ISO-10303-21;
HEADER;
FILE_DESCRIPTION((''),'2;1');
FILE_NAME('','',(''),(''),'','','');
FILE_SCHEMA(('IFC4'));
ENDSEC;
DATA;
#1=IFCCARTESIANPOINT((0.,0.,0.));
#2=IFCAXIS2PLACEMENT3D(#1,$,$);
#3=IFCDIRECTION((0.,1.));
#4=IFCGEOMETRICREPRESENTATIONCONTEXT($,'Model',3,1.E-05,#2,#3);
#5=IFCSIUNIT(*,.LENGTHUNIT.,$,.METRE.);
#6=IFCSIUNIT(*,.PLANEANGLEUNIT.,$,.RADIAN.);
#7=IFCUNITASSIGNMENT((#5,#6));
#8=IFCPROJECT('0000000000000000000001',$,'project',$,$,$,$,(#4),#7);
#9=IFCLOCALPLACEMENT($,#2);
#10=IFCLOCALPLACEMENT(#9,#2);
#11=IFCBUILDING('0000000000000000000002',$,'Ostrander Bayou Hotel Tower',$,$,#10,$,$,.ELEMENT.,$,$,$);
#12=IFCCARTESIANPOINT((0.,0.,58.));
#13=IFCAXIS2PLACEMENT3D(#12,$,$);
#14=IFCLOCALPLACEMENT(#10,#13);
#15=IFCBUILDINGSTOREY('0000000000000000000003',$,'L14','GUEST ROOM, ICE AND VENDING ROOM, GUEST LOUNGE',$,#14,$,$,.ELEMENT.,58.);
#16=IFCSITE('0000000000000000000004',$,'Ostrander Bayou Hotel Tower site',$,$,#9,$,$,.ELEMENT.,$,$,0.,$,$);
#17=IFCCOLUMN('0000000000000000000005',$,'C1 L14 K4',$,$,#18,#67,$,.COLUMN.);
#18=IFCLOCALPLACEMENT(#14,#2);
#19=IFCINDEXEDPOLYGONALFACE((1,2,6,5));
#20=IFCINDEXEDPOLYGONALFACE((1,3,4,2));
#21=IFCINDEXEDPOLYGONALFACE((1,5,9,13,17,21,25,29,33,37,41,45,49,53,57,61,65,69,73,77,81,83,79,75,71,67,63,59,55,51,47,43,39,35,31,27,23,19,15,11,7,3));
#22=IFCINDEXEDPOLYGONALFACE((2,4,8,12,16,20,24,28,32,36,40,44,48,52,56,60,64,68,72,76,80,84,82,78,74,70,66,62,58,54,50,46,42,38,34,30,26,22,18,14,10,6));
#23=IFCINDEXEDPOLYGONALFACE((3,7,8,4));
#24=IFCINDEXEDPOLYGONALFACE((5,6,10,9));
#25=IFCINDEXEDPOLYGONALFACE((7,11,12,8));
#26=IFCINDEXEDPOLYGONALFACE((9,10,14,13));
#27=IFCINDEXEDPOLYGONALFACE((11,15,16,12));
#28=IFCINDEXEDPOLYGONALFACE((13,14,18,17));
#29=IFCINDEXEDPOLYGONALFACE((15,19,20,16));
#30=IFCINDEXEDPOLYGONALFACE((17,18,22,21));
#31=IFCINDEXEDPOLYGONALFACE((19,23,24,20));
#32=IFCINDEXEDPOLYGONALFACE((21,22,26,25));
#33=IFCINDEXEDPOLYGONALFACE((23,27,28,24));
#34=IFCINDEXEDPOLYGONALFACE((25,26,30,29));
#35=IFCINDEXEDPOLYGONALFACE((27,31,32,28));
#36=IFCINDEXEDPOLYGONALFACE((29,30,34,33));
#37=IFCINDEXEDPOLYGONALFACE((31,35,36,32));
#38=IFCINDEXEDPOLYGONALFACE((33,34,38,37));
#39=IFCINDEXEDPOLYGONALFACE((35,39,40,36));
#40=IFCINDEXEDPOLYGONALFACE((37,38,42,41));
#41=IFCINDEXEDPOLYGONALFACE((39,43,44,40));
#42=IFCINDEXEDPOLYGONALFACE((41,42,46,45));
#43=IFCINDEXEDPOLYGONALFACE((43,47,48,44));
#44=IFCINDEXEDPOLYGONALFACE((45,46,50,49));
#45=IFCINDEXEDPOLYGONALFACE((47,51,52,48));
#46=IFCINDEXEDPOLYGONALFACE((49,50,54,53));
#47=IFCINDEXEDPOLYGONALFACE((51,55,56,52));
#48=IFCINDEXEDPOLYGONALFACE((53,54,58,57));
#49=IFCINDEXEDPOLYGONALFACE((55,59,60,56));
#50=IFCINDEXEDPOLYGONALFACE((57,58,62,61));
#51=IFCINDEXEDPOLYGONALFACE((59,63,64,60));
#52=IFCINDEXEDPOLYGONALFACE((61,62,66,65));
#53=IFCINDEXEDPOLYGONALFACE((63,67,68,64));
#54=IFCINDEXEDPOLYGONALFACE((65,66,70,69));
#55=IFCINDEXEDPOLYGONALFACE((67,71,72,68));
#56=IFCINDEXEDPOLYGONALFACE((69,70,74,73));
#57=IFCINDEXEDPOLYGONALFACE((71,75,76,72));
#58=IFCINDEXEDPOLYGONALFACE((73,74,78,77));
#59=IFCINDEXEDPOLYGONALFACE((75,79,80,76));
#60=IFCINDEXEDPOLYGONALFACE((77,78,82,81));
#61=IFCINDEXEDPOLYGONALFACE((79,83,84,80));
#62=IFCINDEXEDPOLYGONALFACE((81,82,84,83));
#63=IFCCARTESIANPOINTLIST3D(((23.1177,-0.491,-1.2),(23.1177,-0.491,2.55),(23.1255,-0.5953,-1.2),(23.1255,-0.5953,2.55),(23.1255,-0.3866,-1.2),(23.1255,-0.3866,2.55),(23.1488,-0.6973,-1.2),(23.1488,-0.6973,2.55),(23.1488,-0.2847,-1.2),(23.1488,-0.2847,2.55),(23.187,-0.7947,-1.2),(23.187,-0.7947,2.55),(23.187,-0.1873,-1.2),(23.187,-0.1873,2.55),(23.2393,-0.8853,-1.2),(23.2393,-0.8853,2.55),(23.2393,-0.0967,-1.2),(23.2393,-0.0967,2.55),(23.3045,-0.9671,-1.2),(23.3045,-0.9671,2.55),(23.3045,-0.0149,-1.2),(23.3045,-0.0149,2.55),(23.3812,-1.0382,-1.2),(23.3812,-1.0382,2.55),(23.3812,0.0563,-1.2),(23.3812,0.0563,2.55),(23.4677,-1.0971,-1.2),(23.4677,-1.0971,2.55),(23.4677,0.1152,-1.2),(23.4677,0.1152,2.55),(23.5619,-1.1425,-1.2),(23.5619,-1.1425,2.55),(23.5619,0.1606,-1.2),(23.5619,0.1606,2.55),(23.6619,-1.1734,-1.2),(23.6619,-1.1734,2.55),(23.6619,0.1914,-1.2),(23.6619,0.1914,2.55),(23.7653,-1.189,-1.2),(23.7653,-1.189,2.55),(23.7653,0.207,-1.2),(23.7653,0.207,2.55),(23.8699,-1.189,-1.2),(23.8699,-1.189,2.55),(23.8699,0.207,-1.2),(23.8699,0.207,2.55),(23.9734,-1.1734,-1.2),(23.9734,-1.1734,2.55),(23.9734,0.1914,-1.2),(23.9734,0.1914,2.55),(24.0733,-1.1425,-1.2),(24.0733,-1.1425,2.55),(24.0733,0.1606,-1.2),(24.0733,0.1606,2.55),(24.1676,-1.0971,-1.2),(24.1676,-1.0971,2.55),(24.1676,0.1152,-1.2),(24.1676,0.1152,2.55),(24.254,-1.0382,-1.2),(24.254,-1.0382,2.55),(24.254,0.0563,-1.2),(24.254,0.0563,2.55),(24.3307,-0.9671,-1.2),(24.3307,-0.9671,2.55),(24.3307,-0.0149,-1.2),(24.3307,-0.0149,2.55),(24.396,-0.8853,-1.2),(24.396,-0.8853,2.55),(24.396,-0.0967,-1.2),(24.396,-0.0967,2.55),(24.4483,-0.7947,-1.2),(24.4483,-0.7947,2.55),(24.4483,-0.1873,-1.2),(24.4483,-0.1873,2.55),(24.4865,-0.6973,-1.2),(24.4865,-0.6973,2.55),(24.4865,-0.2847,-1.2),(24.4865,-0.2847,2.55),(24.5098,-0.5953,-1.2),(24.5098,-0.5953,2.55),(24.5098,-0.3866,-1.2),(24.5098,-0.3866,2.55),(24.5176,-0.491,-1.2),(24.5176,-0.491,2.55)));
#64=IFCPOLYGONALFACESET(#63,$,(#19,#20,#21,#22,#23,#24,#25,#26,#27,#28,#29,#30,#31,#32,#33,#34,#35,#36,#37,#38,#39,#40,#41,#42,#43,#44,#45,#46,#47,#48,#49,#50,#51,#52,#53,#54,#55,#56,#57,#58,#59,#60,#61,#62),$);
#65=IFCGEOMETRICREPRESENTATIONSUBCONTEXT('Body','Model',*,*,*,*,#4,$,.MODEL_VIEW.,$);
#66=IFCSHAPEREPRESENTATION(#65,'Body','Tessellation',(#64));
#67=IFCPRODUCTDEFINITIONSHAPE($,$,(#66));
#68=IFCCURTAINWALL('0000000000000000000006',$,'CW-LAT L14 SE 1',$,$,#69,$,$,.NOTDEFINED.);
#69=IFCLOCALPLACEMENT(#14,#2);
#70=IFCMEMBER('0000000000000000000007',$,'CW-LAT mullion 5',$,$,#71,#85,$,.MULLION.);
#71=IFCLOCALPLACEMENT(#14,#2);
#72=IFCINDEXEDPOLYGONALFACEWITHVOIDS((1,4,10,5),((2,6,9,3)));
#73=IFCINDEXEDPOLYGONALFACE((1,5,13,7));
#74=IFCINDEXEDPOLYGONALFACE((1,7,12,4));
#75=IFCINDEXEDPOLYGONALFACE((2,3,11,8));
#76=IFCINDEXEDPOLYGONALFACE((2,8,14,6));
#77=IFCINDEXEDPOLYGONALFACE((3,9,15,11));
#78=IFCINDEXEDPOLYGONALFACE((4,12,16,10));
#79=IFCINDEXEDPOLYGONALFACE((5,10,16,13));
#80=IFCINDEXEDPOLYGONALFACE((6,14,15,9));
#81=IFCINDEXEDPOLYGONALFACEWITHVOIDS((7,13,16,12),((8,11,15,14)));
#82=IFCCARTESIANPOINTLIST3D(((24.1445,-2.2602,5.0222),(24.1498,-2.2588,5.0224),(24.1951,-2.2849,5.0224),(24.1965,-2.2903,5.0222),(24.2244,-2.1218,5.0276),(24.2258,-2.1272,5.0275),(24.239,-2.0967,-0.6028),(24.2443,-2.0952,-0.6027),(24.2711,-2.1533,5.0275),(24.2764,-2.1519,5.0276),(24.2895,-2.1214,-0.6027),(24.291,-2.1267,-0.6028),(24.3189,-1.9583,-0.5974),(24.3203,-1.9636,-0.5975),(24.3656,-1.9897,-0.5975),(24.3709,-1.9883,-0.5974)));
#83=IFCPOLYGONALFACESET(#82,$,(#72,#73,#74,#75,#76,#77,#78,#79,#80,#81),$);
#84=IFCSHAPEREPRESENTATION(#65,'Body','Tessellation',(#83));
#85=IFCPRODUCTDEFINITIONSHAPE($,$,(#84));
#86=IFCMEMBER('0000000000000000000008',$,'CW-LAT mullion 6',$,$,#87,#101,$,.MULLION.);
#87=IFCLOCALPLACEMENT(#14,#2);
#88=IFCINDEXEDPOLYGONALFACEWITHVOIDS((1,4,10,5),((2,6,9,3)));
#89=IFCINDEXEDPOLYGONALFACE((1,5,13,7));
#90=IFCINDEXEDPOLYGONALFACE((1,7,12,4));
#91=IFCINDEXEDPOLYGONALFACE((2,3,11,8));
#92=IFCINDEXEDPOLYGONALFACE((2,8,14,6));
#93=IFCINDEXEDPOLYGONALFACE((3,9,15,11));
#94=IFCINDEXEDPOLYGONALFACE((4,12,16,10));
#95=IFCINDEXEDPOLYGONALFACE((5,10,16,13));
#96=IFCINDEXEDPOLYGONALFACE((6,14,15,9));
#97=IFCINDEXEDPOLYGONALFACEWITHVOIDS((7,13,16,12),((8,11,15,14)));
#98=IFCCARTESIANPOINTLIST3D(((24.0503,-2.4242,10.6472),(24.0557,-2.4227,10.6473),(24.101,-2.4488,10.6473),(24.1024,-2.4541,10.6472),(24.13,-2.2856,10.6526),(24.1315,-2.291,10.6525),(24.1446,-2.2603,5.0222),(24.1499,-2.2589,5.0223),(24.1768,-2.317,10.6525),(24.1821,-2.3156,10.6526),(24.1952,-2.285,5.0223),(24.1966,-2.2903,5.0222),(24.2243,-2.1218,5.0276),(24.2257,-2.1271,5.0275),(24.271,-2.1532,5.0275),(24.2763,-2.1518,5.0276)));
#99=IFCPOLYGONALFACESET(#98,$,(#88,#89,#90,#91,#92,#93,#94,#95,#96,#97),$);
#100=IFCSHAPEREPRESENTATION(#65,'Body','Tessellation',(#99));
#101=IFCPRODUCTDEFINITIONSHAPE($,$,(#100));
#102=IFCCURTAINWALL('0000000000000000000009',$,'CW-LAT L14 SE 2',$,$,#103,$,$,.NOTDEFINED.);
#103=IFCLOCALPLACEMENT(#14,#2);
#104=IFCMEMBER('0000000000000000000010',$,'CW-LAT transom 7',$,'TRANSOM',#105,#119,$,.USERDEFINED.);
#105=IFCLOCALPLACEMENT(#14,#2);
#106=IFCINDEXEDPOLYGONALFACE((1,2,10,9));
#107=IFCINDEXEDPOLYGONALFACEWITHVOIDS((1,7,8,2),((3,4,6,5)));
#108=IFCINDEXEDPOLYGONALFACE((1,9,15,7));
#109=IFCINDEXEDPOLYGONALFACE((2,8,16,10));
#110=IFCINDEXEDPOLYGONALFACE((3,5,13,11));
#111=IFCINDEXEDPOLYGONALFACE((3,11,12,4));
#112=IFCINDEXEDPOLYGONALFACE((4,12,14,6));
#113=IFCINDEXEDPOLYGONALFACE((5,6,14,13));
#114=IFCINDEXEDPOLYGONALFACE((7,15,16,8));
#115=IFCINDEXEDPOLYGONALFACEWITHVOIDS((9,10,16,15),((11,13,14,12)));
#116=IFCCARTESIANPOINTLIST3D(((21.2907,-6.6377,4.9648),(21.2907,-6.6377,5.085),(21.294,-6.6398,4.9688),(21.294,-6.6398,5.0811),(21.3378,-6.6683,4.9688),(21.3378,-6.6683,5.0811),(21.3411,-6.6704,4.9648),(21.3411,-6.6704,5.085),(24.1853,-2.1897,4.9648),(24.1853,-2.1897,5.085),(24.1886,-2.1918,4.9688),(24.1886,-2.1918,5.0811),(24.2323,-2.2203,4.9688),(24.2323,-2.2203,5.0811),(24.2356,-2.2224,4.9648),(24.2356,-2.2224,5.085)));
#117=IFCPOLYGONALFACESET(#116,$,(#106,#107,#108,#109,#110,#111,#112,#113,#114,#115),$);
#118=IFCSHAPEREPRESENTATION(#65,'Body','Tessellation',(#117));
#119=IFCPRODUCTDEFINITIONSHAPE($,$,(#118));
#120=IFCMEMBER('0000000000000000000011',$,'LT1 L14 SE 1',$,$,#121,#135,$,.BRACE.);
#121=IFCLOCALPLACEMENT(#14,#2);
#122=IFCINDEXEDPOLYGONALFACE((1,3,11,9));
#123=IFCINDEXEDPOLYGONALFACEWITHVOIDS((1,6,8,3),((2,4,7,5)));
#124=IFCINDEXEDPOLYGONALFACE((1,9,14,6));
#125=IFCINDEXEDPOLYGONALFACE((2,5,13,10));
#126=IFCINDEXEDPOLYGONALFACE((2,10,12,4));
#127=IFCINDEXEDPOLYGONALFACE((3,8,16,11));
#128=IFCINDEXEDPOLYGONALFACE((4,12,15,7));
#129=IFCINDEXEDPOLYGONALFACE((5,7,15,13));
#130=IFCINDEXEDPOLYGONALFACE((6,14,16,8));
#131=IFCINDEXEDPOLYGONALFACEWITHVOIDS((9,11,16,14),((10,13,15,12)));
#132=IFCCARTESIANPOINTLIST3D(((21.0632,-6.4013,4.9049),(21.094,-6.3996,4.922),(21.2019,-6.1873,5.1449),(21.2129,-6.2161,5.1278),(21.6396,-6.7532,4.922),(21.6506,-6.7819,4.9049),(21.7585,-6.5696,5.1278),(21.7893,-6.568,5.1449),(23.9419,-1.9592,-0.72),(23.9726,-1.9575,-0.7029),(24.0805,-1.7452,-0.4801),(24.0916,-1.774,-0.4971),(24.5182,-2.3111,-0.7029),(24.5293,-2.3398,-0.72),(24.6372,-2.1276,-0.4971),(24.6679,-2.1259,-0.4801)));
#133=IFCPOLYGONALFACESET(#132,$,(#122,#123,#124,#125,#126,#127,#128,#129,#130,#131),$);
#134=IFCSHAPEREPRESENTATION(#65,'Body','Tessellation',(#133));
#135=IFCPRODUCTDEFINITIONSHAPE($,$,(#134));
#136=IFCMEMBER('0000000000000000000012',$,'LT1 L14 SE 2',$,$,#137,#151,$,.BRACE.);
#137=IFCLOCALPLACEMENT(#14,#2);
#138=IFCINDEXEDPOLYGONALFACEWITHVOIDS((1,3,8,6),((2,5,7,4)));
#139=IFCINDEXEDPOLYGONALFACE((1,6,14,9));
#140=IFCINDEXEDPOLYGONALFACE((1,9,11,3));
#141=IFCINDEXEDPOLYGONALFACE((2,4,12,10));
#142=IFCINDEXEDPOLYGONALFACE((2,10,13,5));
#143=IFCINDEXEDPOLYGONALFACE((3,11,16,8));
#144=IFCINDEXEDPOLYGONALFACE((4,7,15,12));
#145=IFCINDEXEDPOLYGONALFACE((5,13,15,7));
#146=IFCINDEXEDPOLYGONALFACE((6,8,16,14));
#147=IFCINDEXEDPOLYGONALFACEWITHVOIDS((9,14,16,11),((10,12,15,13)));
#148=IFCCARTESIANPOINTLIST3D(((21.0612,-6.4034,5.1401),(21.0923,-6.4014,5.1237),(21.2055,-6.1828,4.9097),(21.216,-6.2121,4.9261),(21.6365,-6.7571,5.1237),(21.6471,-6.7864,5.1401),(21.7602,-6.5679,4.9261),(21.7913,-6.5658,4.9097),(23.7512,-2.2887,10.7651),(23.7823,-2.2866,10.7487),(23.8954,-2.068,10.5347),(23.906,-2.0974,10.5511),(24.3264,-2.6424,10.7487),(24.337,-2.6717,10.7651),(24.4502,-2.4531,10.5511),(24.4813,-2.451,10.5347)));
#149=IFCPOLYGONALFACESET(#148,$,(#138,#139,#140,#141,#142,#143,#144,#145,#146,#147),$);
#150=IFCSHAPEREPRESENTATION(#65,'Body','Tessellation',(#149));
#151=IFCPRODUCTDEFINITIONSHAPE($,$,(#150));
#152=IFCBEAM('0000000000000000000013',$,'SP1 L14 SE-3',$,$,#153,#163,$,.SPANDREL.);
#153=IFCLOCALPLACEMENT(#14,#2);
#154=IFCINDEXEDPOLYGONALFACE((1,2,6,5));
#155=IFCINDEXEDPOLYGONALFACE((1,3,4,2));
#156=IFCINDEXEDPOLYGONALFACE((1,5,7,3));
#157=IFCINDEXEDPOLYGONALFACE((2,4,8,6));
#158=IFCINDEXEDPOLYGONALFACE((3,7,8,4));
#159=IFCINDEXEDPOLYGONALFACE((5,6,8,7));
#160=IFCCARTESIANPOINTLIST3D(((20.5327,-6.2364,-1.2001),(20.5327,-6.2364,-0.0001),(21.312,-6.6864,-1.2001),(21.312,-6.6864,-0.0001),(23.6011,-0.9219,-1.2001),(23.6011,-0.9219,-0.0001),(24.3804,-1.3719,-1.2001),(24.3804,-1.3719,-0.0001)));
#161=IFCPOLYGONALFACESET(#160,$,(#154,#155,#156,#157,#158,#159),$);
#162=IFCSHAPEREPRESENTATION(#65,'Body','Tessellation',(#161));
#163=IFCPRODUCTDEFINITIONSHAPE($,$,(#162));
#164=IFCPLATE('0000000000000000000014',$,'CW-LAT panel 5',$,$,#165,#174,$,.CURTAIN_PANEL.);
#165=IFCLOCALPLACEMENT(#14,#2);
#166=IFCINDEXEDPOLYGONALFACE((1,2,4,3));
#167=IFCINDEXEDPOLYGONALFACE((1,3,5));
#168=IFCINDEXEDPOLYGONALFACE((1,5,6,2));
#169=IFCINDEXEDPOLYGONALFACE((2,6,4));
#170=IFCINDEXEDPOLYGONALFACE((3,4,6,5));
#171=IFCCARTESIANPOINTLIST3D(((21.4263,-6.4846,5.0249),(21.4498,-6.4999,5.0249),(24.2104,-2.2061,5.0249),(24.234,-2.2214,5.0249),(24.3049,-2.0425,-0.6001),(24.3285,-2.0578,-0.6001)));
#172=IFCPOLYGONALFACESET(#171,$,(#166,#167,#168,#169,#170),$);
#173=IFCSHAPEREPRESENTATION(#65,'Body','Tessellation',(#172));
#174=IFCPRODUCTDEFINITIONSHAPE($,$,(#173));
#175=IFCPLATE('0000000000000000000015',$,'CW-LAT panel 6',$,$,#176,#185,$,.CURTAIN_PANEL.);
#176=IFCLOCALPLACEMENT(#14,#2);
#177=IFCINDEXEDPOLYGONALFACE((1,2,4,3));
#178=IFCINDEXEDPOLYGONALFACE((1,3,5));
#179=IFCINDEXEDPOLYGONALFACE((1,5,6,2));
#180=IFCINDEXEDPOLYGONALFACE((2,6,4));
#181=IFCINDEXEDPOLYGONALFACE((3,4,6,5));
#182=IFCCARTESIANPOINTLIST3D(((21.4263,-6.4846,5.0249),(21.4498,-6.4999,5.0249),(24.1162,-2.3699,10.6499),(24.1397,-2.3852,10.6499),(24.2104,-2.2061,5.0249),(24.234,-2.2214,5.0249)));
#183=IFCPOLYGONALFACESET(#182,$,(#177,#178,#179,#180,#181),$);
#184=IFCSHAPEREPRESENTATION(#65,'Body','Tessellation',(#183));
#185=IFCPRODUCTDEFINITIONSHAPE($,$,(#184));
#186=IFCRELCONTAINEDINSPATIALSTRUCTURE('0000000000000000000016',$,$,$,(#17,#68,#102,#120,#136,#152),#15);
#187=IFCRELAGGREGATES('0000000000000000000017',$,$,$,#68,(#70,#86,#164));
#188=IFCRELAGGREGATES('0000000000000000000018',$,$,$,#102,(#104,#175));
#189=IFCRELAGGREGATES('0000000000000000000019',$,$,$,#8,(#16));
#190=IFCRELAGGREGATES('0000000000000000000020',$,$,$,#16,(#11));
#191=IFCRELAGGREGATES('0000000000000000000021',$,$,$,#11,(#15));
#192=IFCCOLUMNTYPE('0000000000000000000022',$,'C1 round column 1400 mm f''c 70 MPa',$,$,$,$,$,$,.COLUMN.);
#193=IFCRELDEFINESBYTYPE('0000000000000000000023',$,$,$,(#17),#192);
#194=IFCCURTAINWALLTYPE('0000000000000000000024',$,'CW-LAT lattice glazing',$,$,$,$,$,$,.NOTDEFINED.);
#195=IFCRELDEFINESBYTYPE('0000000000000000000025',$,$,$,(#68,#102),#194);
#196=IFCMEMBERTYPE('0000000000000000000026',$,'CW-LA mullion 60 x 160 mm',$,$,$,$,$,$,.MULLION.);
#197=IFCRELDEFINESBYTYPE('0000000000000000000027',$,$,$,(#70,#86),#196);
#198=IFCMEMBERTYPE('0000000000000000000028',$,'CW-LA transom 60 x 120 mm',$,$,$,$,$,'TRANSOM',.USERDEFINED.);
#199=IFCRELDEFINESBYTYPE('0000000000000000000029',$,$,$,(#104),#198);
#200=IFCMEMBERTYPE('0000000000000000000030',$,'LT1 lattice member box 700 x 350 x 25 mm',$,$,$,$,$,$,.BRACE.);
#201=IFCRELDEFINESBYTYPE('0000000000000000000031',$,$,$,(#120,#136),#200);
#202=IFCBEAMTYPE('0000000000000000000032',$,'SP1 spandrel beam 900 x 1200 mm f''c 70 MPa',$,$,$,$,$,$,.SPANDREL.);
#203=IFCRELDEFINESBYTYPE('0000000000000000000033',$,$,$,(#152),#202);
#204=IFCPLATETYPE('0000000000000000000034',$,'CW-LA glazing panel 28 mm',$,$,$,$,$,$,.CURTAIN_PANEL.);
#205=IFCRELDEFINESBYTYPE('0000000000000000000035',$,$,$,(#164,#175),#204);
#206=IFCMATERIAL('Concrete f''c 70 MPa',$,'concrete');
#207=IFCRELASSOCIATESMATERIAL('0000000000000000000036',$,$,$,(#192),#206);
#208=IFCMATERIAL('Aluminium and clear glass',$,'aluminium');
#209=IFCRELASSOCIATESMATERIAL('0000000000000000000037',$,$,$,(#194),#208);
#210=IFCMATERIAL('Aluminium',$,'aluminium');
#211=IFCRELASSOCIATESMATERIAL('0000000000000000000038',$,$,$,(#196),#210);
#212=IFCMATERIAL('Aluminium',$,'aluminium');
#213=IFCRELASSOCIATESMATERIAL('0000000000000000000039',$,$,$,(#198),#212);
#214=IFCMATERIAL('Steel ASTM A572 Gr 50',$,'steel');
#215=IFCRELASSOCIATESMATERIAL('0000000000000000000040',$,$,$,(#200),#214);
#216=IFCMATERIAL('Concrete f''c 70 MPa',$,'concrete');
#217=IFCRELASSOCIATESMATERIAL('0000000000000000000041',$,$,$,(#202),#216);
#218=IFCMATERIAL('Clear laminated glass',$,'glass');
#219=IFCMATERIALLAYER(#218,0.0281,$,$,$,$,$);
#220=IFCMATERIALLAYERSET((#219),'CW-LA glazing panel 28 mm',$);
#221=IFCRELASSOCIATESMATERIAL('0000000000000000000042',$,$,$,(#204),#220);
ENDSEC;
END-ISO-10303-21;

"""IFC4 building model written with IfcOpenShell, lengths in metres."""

from ifc_helpers import new_model, si_unit, direction, frame, origin, origin_2d, place, context, subcontext, project, spatial, polyline, rectangle, hollow_rectangle, circle, outline, extrude, material, layer, layer_set, material_profile, profile_set, type_object, element, aggregate, save


model = new_model("IFC4")

# Units and contexts
model_context = context("Model", 3, precision=1e-05, world=origin(), true_north=direction((0.0, 1.0)))
body_context = subcontext(model_context, "Body", "Model", "MODEL_VIEW")
ifc_project = project(units=[si_unit("LENGTHUNIT", "METRE"), si_unit("PLANEANGLEUNIT", "RADIAN")], contexts=[model_context])

# Site, building, storey
site_placement = place(None, origin())
site = spatial("IfcSite", under=ifc_project, at=site_placement, Name="Ostrander Bayou Hotel Tower site", CompositionType="ELEMENT", RefElevation=0.0)
building_placement = place(site_placement, origin())
building = spatial("IfcBuilding", under=site, at=building_placement, Name="Ostrander Bayou Hotel Tower", CompositionType="ELEMENT")
storey_placement = place(building_placement, frame((0.0, 0.0, 58.0)))
storey = spatial("IfcBuildingStorey", under=building, at=storey_placement, Name="L14", Description="GUEST ROOM, ICE AND VENDING ROOM, GUEST LOUNGE", CompositionType="ELEMENT", Elevation=58.0)

# Column
ifc_material_1 = material(Name="Concrete f'c 70 MPa", Category="concrete")
ifc_material_profile_1 = material_profile(ifc_material_1, circle(Radius=0.7, at=origin_2d()))
ifc_profile_set_1 = profile_set([ifc_material_profile_1], Name="Concrete f'c 70 MPa")
column_type = type_object("IfcColumnType", Name="C1 round column 1400 mm f'c 70 MPa", PredefinedType="COLUMN", material=ifc_profile_set_1)
column_placement = place(storey_placement, frame((23.8176, -0.491, -1.2), z_axis=(0.0, 0.0, 1.0), x_axis=(1.0, 0.0, 0.0)))
element("IfcColumn", 1, at=column_placement, inside=storey, type_object=column_type, Name="C1 L14 K4", PredefinedType="COLUMN", context=body_context, shape_type="SweptSolid", body=[
    extrude(circle(Radius=0.7, at=origin_2d()), origin(), (0.0, 0.0, 1.0), 3.75),
])

# Curtain wall, members
ifc_material_2 = material(Name="Aluminium and clear glass", Category="aluminium")
curtain_wall_type = type_object("IfcCurtainWallType", Name="CW-LAT lattice glazing", PredefinedType="NOTDEFINED", material=ifc_material_2)
curtain_wall_1_placement = place(storey_placement, origin())
curtain_wall_1 = element("IfcCurtainWall", 2, at=curtain_wall_1_placement, inside=storey, type_object=curtain_wall_type, Name="CW-LAT L14 SE 1", PredefinedType="NOTDEFINED")
ifc_material_3 = material(Name="Aluminium", Category="aluminium")
ifc_material_profile_2 = material_profile(ifc_material_3, hollow_rectangle(XDim=0.0601, YDim=0.1599, WallThickness=0.0039, at=origin_2d()))
ifc_profile_set_2 = profile_set([ifc_material_profile_2], Name="Aluminium")
member_type_1 = type_object("IfcMemberType", Name="CW-LA mullion 60 x 160 mm", PredefinedType="MULLION", material=ifc_profile_set_2)
member_1_placement = place(storey_placement, frame((24.3049, -2.0425, -0.6001), z_axis=(-0.016787, -0.029063, 0.999437), x_axis=(0.865927, -0.50017, 0.0)))
member_1 = element("IfcMember", 3, at=member_1_placement, type_object=member_type_1, Name="CW-LAT mullion 5", PredefinedType="MULLION", context=body_context, shape_type="SweptSolid", body=[
    extrude(hollow_rectangle(XDim=0.0601, YDim=0.1599, WallThickness=0.0039, at=origin_2d()), origin(), (0.0, 0.0, 1.0), 5.6282),
])
member_2_placement = place(storey_placement, frame((24.2104, -2.2061, 5.0249), z_axis=(-0.016744, -0.029107, 0.999436), x_axis=(0.866809, -0.498641, 0.0)))
member_2 = element("IfcMember", 4, at=member_2_placement, type_object=member_type_1, Name="CW-LAT mullion 6", PredefinedType="MULLION", context=body_context, shape_type="SweptSolid", body=[
    extrude(hollow_rectangle(XDim=0.0601, YDim=0.1599, WallThickness=0.0039, at=origin_2d()), origin(), (0.0, 0.0, 1.0), 5.6282),
])

# Curtain wall, member
curtain_wall_2_placement = place(storey_placement, origin())
curtain_wall_2 = element("IfcCurtainWall", 5, at=curtain_wall_2_placement, inside=storey, type_object=curtain_wall_type, Name="CW-LAT L14 SE 2", PredefinedType="NOTDEFINED")
ifc_material_4 = material(Name="Aluminium", Category="aluminium")
ifc_material_profile_3 = material_profile(ifc_material_4, hollow_rectangle(XDim=0.0601, YDim=0.1201, WallThickness=0.0039, at=origin_2d()))
ifc_profile_set_3 = profile_set([ifc_material_profile_3], Name="Aluminium")
member_type_2 = type_object("IfcMemberType", Name="CW-LA transom 60 x 120 mm", ElementType="TRANSOM", PredefinedType="USERDEFINED", material=ifc_profile_set_3)
member_3_placement = place(storey_placement, frame((24.2104, -2.2061, 5.0249), z_axis=(-0.54543, -0.838157, 0.0), x_axis=(0.838157, -0.54543, 0.0)))
member_3 = element("IfcMember", 6, at=member_3_placement, type_object=member_type_2, Name="CW-LAT transom 7", ObjectType="TRANSOM", PredefinedType="USERDEFINED", context=body_context, shape_type="SweptSolid", body=[
    extrude(hollow_rectangle(XDim=0.0601, YDim=0.1201, WallThickness=0.0039, at=origin_2d()), origin(), (0.0, 0.0, 1.0), 5.3069),
])

# Members
ifc_material_5 = material(Name="Steel ASTM A572 Gr 50", Category="steel")
ifc_material_profile_4 = material_profile(ifc_material_5, hollow_rectangle(XDim=0.7, YDim=0.3501, WallThickness=0.0249, at=origin_2d()))
ifc_profile_set_4 = profile_set([ifc_material_profile_4], Name="Steel ASTM A572 Gr 50")
member_type_3 = type_object("IfcMemberType", Name="LT1 lattice member box 700 x 350 x 25 mm", PredefinedType="BRACE", material=ifc_profile_set_4)
member_4_placement = place(storey_placement, frame((21.4263, -6.4846, 5.0249), z_axis=(0.372691, 0.57511, -0.728251), x_axis=(-0.839196, 0.543829, 0.0)))
element("IfcMember", 7, at=member_4_placement, inside=storey, type_object=member_type_3, Name="LT1 L14 SE 1", PredefinedType="BRACE", context=body_context, shape_type="SweptSolid", body=[
    extrude(hollow_rectangle(XDim=0.7, YDim=0.3501, WallThickness=0.0249, at=origin_2d()), origin(), (0.0, 0.0, 1.0), 7.7239),
])
member_5_placement = place(storey_placement, frame((21.4263, -6.4846, 5.0249), z_axis=(0.360078, 0.550803, 0.752967), x_axis=(-0.837013, 0.547182, 0.0)))
element("IfcMember", 8, at=member_5_placement, inside=storey, type_object=member_type_3, Name="LT1 L14 SE 2", PredefinedType="BRACE", context=body_context, shape_type="SweptSolid", body=[
    extrude(hollow_rectangle(XDim=0.7, YDim=0.3501, WallThickness=0.0249, at=origin_2d()), origin(), (0.0, 0.0, 1.0), 7.4705),
])

# Beam
ifc_material_6 = material(Name="Concrete f'c 70 MPa", Category="concrete")
ifc_material_profile_5 = material_profile(ifc_material_6, rectangle(XDim=0.8999, YDim=1.2, at=origin_2d()))
ifc_profile_set_5 = profile_set([ifc_material_profile_5], Name="Concrete f'c 70 MPa")
beam_type = type_object("IfcBeamType", Name="SP1 spandrel beam 900 x 1200 mm f'c 70 MPa", PredefinedType="SPANDREL", material=ifc_profile_set_5)
beam_placement = place(storey_placement, frame((20.9224, -6.4614, -0.6001), z_axis=(0.500007, 0.866021, 0.0), x_axis=(-0.866021, 0.500007, 0.0)))
element("IfcBeam", 9, at=beam_placement, inside=storey, type_object=beam_type, Name="SP1 L14 SE-3", PredefinedType="SPANDREL", context=body_context, shape_type="SweptSolid", body=[
    extrude(rectangle(XDim=0.8999, YDim=1.2, at=origin_2d()), origin(), (0.0, 0.0, 1.0), 6.1367),
])

# Plates
ifc_material_7 = material(Name="Clear laminated glass", Category="glass")
ifc_layer_1 = layer(ifc_material_7, 0.0281)
ifc_layer_set_1 = layer_set([ifc_layer_1], Name="CW-LA glazing panel 28 mm")
plate_type = type_object("IfcPlateType", Name="CW-LA glazing panel 28 mm", PredefinedType="CURTAIN_PANEL", material=ifc_layer_set_1)
plate_1_placement = place(storey_placement, frame((21.4263, -6.4846, 5.0249), z_axis=(-0.838164, 0.545416, 0.001782), x_axis=(0.372691, 0.57511, -0.728251)))
plate_1 = element("IfcPlate", 10, at=plate_1_placement, type_object=plate_type, Name="CW-LAT panel 5", PredefinedType="CURTAIN_PANEL", context=body_context, shape_type="SweptSolid", body=[
    extrude(outline(polyline([(0.0, 0.0), (7.724, 0.0), (3.4983, -3.7175), (0.0, 0.0)])), origin(), (0.0, 0.0, -1.0), 0.0281),
])
aggregate(curtain_wall_1, [member_1, member_2, plate_1])
plate_2_placement = place(storey_placement, frame((21.4263, -6.4846, 5.0249), z_axis=(-0.838163, 0.545416, 0.001842), x_axis=(0.360078, 0.550803, 0.752967)))
plate_2 = element("IfcPlate", 11, at=plate_2_placement, type_object=plate_type, Name="CW-LAT panel 6", PredefinedType="CURTAIN_PANEL", context=body_context, shape_type="SweptSolid", body=[
    extrude(outline(polyline([(0.0, 0.0), (7.4704, 0.0), (3.3592, 3.8437), (0.0, 0.0)])), origin(), (0.0, 0.0, -1.0), 0.0281),
])
aggregate(curtain_wall_2, [member_3, plate_2])

save(model, "model.ifc")
